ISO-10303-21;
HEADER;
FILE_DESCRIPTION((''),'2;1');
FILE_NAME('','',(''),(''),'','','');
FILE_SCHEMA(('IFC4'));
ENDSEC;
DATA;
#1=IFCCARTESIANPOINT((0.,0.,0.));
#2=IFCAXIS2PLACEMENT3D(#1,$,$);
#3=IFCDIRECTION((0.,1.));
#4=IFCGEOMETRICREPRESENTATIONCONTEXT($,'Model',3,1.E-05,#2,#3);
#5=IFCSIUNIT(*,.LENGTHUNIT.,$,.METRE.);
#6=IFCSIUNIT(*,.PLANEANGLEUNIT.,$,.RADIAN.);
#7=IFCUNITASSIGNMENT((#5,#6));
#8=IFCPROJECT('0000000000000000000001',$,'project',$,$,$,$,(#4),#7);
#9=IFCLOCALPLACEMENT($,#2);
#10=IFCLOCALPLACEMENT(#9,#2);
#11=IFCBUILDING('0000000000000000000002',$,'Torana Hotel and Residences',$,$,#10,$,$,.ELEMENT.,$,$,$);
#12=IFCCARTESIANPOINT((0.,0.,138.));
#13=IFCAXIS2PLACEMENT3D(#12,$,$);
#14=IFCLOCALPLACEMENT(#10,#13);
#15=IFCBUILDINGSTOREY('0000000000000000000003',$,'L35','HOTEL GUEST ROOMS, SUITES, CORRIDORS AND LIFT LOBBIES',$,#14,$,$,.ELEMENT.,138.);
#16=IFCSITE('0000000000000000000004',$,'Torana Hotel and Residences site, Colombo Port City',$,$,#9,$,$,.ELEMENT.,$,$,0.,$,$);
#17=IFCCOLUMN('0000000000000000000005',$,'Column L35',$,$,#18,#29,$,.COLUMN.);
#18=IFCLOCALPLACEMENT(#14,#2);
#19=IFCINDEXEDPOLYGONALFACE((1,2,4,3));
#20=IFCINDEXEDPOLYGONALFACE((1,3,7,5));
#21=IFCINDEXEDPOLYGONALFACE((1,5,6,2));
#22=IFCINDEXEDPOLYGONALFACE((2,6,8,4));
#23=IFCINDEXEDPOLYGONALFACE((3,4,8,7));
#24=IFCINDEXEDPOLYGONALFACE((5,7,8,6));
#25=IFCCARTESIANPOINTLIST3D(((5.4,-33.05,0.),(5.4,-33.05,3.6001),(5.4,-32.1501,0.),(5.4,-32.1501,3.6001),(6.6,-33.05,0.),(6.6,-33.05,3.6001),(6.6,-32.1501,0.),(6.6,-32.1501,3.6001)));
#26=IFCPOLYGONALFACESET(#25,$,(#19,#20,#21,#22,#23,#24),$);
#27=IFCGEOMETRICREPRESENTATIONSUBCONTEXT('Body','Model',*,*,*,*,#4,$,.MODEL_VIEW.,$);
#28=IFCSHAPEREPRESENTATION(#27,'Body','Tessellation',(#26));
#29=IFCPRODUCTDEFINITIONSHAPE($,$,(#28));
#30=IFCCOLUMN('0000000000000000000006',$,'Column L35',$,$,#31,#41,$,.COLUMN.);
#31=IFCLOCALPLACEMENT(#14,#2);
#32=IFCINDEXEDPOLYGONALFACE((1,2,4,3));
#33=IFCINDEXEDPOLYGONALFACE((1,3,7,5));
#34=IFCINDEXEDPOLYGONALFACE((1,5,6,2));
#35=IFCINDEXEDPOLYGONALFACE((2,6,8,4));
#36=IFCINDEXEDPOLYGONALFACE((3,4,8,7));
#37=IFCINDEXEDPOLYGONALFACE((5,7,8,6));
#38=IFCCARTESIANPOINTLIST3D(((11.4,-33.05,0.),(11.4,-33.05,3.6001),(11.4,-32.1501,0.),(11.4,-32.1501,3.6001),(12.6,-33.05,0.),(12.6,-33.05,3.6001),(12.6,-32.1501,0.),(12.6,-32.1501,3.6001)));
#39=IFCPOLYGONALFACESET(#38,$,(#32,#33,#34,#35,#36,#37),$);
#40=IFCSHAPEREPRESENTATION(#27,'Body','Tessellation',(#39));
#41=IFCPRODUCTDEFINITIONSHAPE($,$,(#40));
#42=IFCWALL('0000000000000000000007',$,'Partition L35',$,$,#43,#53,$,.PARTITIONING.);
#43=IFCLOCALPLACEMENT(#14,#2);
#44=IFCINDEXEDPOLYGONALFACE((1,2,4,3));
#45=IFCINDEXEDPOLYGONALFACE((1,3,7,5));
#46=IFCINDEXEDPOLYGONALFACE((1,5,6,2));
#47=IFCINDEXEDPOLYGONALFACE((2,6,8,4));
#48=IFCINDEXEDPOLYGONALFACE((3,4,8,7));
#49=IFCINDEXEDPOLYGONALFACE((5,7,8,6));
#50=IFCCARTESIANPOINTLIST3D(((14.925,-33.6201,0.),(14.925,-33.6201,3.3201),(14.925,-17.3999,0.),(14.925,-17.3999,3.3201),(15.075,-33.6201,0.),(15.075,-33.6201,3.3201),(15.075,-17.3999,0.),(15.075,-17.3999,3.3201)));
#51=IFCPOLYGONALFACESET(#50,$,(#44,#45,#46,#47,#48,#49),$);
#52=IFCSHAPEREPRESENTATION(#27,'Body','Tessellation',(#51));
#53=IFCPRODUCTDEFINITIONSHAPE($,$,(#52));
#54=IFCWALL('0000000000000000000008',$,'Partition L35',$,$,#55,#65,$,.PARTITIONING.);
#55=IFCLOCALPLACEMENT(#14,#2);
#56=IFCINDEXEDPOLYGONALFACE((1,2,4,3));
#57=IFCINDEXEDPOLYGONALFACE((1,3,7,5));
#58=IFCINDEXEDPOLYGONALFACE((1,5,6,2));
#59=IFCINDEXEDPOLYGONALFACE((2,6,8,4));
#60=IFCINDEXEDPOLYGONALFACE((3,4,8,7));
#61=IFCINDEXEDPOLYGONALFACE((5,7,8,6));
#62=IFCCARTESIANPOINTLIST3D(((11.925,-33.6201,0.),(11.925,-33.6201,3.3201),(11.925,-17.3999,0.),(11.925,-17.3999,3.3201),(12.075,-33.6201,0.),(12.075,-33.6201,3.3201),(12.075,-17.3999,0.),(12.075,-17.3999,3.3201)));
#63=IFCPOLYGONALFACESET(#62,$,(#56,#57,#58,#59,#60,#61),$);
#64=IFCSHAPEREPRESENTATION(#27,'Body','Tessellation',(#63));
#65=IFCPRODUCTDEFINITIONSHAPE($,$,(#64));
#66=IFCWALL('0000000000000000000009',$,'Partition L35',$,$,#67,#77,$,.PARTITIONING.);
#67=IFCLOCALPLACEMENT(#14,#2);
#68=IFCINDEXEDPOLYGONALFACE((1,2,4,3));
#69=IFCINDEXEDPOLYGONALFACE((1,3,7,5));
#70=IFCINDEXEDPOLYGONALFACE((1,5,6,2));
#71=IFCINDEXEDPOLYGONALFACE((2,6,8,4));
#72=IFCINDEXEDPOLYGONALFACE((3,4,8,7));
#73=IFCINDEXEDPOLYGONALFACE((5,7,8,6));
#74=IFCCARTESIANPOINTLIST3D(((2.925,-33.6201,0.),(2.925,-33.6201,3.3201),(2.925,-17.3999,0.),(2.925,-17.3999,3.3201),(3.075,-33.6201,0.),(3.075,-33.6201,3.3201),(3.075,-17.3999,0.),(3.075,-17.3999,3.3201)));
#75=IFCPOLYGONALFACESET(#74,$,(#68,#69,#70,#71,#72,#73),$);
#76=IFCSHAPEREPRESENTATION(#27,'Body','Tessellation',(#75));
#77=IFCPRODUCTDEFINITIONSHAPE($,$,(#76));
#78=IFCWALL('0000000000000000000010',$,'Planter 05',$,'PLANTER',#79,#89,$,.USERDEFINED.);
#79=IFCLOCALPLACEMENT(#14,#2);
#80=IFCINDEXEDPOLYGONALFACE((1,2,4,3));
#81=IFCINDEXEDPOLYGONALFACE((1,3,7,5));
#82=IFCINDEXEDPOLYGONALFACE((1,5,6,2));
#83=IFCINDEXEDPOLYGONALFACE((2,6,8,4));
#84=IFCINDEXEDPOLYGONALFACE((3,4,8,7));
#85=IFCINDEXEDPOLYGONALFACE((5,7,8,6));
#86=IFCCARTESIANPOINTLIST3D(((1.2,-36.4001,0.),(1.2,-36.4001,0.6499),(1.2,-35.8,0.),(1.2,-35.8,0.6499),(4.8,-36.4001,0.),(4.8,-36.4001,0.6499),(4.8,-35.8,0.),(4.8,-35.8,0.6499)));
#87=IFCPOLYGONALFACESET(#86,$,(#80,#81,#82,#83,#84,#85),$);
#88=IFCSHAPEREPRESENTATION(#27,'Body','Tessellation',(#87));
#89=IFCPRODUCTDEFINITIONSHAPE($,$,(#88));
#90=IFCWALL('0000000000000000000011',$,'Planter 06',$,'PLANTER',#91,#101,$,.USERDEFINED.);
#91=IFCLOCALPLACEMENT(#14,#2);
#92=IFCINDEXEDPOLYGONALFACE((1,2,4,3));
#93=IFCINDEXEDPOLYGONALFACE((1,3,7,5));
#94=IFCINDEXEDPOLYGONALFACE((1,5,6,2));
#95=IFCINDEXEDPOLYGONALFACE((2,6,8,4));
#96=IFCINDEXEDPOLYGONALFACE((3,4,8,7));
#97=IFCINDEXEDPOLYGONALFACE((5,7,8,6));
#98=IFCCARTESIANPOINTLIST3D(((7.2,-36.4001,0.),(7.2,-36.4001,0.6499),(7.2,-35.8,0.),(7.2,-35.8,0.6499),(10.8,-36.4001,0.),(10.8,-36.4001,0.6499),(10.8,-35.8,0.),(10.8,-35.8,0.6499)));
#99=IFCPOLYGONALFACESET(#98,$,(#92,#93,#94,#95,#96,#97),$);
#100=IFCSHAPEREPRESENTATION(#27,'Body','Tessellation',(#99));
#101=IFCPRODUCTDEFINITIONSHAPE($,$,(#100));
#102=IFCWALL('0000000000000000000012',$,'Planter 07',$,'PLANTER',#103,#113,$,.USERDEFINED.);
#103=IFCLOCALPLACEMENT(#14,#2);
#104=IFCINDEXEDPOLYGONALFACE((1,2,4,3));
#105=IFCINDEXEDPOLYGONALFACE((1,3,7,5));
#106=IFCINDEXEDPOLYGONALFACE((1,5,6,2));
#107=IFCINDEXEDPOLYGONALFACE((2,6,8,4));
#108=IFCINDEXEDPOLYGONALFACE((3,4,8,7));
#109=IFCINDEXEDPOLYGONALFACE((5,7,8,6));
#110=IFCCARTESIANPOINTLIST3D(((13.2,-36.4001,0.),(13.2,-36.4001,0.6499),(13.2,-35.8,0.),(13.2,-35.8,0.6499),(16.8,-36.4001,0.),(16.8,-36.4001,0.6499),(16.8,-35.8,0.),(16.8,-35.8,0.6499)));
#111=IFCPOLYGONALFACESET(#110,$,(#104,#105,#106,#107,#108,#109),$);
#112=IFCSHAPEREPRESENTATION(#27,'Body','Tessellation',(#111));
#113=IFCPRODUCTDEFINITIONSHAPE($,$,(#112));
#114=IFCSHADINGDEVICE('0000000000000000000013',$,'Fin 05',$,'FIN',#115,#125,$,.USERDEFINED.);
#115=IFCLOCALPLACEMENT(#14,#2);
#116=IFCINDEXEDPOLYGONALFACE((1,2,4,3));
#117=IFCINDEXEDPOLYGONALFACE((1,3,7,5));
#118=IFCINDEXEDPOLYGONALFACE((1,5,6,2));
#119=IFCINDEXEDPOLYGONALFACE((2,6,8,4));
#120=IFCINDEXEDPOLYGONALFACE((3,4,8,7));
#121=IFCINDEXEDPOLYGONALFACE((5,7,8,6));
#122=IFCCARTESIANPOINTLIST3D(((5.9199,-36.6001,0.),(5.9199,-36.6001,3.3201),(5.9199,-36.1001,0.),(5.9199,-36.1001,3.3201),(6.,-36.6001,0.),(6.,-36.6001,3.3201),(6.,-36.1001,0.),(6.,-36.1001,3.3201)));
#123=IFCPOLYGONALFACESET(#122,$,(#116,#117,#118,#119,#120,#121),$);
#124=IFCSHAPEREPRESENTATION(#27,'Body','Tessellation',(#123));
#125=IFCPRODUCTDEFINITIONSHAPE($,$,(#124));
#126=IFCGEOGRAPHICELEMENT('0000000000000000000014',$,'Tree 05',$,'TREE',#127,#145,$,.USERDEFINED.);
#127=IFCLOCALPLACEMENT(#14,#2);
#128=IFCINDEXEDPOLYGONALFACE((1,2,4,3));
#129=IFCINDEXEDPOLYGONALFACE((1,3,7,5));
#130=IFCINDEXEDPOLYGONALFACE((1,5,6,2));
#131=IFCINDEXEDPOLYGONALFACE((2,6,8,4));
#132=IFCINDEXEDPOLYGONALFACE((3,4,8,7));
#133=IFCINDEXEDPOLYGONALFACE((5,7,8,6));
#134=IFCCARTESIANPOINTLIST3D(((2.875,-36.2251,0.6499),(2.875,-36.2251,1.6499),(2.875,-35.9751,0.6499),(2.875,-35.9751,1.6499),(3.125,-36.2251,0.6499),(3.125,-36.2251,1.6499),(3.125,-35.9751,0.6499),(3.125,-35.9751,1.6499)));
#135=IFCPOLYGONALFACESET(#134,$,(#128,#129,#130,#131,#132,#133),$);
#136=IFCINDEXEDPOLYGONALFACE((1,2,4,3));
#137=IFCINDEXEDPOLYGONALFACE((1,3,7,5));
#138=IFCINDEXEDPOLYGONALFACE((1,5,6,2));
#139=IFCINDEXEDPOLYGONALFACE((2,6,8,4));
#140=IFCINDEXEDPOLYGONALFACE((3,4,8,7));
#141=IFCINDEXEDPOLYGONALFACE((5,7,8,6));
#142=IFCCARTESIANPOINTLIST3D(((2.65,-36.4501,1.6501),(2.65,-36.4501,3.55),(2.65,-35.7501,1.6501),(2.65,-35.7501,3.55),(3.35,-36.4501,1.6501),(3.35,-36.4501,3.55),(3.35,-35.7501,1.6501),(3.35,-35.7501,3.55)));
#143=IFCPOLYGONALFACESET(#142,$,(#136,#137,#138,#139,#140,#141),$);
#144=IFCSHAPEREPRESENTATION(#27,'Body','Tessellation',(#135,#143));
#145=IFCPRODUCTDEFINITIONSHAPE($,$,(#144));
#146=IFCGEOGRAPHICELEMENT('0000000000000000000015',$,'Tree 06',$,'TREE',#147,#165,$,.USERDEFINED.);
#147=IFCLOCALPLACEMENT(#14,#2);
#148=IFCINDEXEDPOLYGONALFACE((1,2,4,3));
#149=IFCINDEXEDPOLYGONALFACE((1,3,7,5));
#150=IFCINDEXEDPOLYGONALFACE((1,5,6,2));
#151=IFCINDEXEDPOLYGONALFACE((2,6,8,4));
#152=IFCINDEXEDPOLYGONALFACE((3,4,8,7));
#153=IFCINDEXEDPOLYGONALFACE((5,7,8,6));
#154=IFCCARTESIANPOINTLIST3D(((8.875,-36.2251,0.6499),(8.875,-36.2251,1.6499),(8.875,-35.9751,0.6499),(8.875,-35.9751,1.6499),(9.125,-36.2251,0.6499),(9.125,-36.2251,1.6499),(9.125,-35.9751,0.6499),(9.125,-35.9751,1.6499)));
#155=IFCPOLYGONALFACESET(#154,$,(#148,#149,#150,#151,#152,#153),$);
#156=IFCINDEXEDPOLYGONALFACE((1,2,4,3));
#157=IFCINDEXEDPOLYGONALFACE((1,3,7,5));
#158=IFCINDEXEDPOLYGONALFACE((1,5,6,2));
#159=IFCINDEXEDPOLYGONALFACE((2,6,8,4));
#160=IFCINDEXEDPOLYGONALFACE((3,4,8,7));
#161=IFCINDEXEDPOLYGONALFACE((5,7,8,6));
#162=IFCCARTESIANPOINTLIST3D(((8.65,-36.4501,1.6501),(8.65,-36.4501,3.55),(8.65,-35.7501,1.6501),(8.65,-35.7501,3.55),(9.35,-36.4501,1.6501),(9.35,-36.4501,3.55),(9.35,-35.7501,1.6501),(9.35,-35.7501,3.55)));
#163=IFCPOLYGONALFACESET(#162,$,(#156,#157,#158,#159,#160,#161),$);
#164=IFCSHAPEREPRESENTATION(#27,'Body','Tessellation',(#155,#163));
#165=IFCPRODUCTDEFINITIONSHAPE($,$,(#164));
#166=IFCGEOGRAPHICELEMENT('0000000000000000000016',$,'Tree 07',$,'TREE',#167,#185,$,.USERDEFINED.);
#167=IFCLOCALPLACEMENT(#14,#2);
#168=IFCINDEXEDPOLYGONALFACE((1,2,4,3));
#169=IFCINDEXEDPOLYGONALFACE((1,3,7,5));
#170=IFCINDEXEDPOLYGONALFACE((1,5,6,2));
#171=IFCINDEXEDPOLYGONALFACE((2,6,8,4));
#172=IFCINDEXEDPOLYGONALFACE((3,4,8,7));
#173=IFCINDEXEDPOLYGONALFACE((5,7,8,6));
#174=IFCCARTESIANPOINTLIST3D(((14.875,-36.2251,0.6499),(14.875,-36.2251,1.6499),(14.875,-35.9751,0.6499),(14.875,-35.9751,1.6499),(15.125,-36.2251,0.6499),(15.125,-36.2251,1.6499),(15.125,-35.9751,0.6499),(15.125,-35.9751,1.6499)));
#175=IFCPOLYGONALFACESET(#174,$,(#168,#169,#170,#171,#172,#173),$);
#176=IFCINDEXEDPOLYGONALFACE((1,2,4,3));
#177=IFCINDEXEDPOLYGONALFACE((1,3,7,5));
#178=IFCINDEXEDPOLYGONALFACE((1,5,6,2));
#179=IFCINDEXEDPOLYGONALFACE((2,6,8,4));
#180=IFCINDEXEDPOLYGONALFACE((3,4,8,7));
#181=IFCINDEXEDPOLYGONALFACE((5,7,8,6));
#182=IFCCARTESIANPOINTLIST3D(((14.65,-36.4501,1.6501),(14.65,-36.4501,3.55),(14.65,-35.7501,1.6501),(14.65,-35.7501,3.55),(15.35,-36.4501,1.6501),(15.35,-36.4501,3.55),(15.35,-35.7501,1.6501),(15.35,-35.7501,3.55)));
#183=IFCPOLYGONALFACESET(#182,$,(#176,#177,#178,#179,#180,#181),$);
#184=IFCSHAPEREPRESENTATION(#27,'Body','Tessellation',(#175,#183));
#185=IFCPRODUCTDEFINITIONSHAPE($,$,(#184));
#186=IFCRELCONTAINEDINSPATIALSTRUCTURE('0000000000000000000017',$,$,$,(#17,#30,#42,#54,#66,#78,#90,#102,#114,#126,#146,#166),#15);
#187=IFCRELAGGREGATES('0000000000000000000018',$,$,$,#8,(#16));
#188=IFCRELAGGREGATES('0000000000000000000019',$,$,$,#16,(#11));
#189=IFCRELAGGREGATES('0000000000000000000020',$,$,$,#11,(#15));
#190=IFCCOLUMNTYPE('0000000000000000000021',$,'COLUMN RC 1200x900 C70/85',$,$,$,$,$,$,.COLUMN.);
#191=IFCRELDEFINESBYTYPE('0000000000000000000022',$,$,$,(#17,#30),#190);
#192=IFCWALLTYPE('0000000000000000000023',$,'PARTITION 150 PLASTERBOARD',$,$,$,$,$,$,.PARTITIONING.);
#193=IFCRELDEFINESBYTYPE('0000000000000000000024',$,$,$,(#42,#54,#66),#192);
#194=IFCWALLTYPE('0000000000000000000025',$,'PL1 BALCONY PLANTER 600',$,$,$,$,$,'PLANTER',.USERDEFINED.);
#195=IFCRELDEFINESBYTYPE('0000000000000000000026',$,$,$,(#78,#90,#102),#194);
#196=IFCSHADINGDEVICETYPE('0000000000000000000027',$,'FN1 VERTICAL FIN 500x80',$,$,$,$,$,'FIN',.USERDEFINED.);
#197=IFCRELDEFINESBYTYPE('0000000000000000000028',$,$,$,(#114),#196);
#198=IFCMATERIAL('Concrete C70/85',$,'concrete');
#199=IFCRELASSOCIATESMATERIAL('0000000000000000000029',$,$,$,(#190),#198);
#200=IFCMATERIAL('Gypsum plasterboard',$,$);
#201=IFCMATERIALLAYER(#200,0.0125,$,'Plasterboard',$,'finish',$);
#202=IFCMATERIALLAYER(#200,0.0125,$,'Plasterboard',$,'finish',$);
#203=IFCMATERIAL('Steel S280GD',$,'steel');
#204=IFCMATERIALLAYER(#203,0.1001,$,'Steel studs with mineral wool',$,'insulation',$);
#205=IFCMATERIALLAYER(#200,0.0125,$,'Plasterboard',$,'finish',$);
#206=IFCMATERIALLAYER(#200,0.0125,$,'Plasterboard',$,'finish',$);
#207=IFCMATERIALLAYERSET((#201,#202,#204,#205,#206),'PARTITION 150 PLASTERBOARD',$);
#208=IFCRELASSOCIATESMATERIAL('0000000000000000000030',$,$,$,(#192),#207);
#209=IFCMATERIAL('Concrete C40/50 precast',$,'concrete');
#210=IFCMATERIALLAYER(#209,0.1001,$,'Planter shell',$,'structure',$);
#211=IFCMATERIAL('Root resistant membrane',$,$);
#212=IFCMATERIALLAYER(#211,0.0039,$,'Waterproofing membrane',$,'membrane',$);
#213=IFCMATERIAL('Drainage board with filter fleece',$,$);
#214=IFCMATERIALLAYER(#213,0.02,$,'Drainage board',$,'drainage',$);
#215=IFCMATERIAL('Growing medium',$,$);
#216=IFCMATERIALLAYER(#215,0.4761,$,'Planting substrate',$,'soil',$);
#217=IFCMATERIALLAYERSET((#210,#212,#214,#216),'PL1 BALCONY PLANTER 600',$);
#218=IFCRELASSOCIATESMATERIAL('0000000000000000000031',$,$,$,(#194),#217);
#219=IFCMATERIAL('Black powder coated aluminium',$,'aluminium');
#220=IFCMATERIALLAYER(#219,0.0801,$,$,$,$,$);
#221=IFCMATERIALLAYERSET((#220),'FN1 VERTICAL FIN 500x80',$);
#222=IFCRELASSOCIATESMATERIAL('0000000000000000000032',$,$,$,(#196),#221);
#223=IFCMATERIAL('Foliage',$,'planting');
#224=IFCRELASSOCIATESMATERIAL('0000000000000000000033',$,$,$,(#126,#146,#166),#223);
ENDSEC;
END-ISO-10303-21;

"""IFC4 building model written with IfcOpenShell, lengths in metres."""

from ifc_helpers import new_model, si_unit, direction, frame, frame_2d, origin, origin_2d, place, context, subcontext, project, spatial, rectangle, extrude, material, layer, layer_set, material_profile, profile_set, type_object, element, save


model = new_model("IFC4")

# Units and contexts
model_context = context("Model", 3, precision=1e-05, world=origin(), true_north=direction((0.0, 1.0)))
body_context = subcontext(model_context, "Body", "Model", "MODEL_VIEW")
ifc_project = project(units=[si_unit("LENGTHUNIT", "METRE"), si_unit("PLANEANGLEUNIT", "RADIAN")], contexts=[model_context])

# Site, building, storey
site_placement = place(None, origin())
site = spatial("IfcSite", under=ifc_project, at=site_placement, Name="Torana Hotel and Residences site, Colombo Port City", CompositionType="ELEMENT", RefElevation=0.0)
building_placement = place(site_placement, origin())
building = spatial("IfcBuilding", under=site, at=building_placement, Name="Torana Hotel and Residences", CompositionType="ELEMENT")
storey_placement = place(building_placement, frame((0.0, 0.0, 138.0)))
storey = spatial("IfcBuildingStorey", under=building, at=storey_placement, Name="L35", Description="HOTEL GUEST ROOMS, SUITES, CORRIDORS AND LIFT LOBBIES", CompositionType="ELEMENT", Elevation=138.0)

# Columns
ifc_material_1 = material(Name="Concrete C70/85", Category="concrete")
ifc_material_profile = material_profile(ifc_material_1, rectangle(XDim=1.2, YDim=0.8999, at=origin_2d()), Name="RC 1200x900")
ifc_profile_set = profile_set([ifc_material_profile], Name="Concrete C70/85")
column_type = type_object("IfcColumnType", Name="COLUMN RC 1200x900 C70/85", PredefinedType="COLUMN", material=ifc_profile_set)
for number, where, z_axis, x_axis, name in (
    (1, (6.0, -32.6001, 0.0), (0.0, 0.0, 1.0), (1.0, 0.0, 0.0), "Column L35"),
    (2, (12.0, -32.6001, 0.0), (0.0, 0.0, 1.0), (1.0, 0.0, 0.0), "Column L35"),
):
    element("IfcColumn", number, at=place(storey_placement, frame(where, z_axis=z_axis, x_axis=x_axis)), inside=storey, type_object=column_type, Name=name, PredefinedType="COLUMN", context=body_context, shape_type="SweptSolid", body=[
        extrude(rectangle(XDim=1.2, YDim=0.8999, at=origin_2d()), origin(), (0.0, 0.0, 1.0), 3.6001),
    ])

# Walls
ifc_material_2 = material(Name="Gypsum plasterboard")
ifc_layer_1 = layer(ifc_material_2, 0.0125, Name="Plasterboard", Category="finish")
ifc_layer_2 = layer(ifc_material_2, 0.0125, Name="Plasterboard", Category="finish")
ifc_material_3 = material(Name="Steel S280GD", Category="steel")
ifc_layer_3 = layer(ifc_material_3, 0.1001, Name="Steel studs with mineral wool", Category="insulation")
ifc_layer_4 = layer(ifc_material_2, 0.0125, Name="Plasterboard", Category="finish")
ifc_layer_5 = layer(ifc_material_2, 0.0125, Name="Plasterboard", Category="finish")
ifc_layer_set_1 = layer_set([ifc_layer_1, ifc_layer_2, ifc_layer_3, ifc_layer_4, ifc_layer_5], Name="PARTITION 150 PLASTERBOARD")
wall_type_1 = type_object("IfcWallType", Name="PARTITION 150 PLASTERBOARD", PredefinedType="PARTITIONING", material=ifc_layer_set_1)
for number, where, z_axis, x_axis, name in (
    (3, (15.0, -33.6201, 0.0), (0.0, 0.0, 1.0), (0.0, 1.0, 0.0), "Partition L35"),
    (4, (12.0, -33.6201, 0.0), (0.0, 0.0, 1.0), (0.0, 1.0, 0.0), "Partition L35"),
    (5, (3.0, -33.6201, 0.0), (0.0, 0.0, 1.0), (0.0, 1.0, 0.0), "Partition L35"),
):
    element("IfcWall", number, at=place(storey_placement, frame(where, z_axis=z_axis, x_axis=x_axis)), inside=storey, type_object=wall_type_1, Name=name, PredefinedType="PARTITIONING", context=body_context, shape_type="SweptSolid", body=[
        extrude(rectangle(XDim=16.2202, YDim=0.1499, at=frame_2d((8.1101, 0.0))), origin(), (0.0, 0.0, 1.0), 3.3201),
    ])
ifc_material_4 = material(Name="Concrete C40/50 precast", Category="concrete")
ifc_layer_6 = layer(ifc_material_4, 0.1001, Name="Planter shell", Category="structure")
ifc_material_5 = material(Name="Root resistant membrane")
ifc_layer_7 = layer(ifc_material_5, 0.0039, Name="Waterproofing membrane", Category="membrane")
ifc_material_6 = material(Name="Drainage board with filter fleece")
ifc_layer_8 = layer(ifc_material_6, 0.02, Name="Drainage board", Category="drainage")
ifc_material_7 = material(Name="Growing medium")
ifc_layer_9 = layer(ifc_material_7, 0.4761, Name="Planting substrate", Category="soil")
ifc_layer_set_2 = layer_set([ifc_layer_6, ifc_layer_7, ifc_layer_8, ifc_layer_9], Name="PL1 BALCONY PLANTER 600")
wall_type_2 = type_object("IfcWallType", Name="PL1 BALCONY PLANTER 600", ElementType="PLANTER", PredefinedType="USERDEFINED", material=ifc_layer_set_2)
for number, where, z_axis, x_axis, name in (
    (6, (4.8, -36.1001, 0.0), (0.0, 0.0, 1.0), (-1.0, 0.0, 0.0), "Planter 05"),
    (7, (10.8, -36.1001, 0.0), (0.0, 0.0, 1.0), (-1.0, 0.0, 0.0), "Planter 06"),
    (8, (16.8, -36.1001, 0.0), (0.0, 0.0, 1.0), (-1.0, 0.0, 0.0), "Planter 07"),
):
    element("IfcWall", number, at=place(storey_placement, frame(where, z_axis=z_axis, x_axis=x_axis)), inside=storey, type_object=wall_type_2, Name=name, ObjectType="PLANTER", PredefinedType="USERDEFINED", context=body_context, shape_type="SweptSolid", body=[
        extrude(rectangle(XDim=3.6001, YDim=0.6001, at=frame_2d((1.8, 0.0))), origin(), (0.0, 0.0, 1.0), 0.6499),
    ])

# Shading device
ifc_material_8 = material(Name="Black powder coated aluminium", Category="aluminium")
ifc_layer_10 = layer(ifc_material_8, 0.0801)
ifc_layer_set_3 = layer_set([ifc_layer_10], Name="FN1 VERTICAL FIN 500x80")
shading_device_type = type_object("IfcShadingDeviceType", Name="FN1 VERTICAL FIN 500x80", ElementType="FIN", PredefinedType="USERDEFINED", material=ifc_layer_set_3)
shading_device_placement = place(storey_placement, frame((5.96, -36.3501, 0.0), z_axis=(0.0, 0.0, 1.0), x_axis=(-1.0, 0.0, 0.0)))
element("IfcShadingDevice", 9, at=shading_device_placement, inside=storey, type_object=shading_device_type, Name="Fin 05", ObjectType="FIN", PredefinedType="USERDEFINED", context=body_context, shape_type="SweptSolid", body=[
    extrude(rectangle(XDim=0.0801, YDim=0.5, at=origin_2d()), origin(), (0.0, 0.0, 1.0), 3.3201),
])

# Geographic elements
ifc_material_9 = material(Name="Foliage", Category="planting")
for number, where, z_axis, x_axis, name in (
    (10, (3.0, -36.1001, 0.6499), (0.0, 0.0, 1.0), (1.0, 0.0, 0.0), "Tree 05"),
    (11, (9.0, -36.1001, 0.6499), (0.0, 0.0, 1.0), (1.0, 0.0, 0.0), "Tree 06"),
    (12, (15.0, -36.1001, 0.6499), (0.0, 0.0, 1.0), (1.0, 0.0, 0.0), "Tree 07"),
):
    element("IfcGeographicElement", number, at=place(storey_placement, frame(where, z_axis=z_axis, x_axis=x_axis)), inside=storey, material=ifc_material_9, Name=name, ObjectType="TREE", PredefinedType="USERDEFINED", context=body_context, shape_type="SweptSolid", body=[
        extrude(rectangle(XDim=0.25, YDim=0.25, at=origin_2d()), origin(), (0.0, 0.0, 1.0), 1.0),
        extrude(rectangle(XDim=0.7, YDim=0.7, at=origin_2d()), frame((0.0, 0.0, 1.0002)), (0.0, 0.0, 1.0), 1.8999),
    ])

save(model, "model.ifc")
